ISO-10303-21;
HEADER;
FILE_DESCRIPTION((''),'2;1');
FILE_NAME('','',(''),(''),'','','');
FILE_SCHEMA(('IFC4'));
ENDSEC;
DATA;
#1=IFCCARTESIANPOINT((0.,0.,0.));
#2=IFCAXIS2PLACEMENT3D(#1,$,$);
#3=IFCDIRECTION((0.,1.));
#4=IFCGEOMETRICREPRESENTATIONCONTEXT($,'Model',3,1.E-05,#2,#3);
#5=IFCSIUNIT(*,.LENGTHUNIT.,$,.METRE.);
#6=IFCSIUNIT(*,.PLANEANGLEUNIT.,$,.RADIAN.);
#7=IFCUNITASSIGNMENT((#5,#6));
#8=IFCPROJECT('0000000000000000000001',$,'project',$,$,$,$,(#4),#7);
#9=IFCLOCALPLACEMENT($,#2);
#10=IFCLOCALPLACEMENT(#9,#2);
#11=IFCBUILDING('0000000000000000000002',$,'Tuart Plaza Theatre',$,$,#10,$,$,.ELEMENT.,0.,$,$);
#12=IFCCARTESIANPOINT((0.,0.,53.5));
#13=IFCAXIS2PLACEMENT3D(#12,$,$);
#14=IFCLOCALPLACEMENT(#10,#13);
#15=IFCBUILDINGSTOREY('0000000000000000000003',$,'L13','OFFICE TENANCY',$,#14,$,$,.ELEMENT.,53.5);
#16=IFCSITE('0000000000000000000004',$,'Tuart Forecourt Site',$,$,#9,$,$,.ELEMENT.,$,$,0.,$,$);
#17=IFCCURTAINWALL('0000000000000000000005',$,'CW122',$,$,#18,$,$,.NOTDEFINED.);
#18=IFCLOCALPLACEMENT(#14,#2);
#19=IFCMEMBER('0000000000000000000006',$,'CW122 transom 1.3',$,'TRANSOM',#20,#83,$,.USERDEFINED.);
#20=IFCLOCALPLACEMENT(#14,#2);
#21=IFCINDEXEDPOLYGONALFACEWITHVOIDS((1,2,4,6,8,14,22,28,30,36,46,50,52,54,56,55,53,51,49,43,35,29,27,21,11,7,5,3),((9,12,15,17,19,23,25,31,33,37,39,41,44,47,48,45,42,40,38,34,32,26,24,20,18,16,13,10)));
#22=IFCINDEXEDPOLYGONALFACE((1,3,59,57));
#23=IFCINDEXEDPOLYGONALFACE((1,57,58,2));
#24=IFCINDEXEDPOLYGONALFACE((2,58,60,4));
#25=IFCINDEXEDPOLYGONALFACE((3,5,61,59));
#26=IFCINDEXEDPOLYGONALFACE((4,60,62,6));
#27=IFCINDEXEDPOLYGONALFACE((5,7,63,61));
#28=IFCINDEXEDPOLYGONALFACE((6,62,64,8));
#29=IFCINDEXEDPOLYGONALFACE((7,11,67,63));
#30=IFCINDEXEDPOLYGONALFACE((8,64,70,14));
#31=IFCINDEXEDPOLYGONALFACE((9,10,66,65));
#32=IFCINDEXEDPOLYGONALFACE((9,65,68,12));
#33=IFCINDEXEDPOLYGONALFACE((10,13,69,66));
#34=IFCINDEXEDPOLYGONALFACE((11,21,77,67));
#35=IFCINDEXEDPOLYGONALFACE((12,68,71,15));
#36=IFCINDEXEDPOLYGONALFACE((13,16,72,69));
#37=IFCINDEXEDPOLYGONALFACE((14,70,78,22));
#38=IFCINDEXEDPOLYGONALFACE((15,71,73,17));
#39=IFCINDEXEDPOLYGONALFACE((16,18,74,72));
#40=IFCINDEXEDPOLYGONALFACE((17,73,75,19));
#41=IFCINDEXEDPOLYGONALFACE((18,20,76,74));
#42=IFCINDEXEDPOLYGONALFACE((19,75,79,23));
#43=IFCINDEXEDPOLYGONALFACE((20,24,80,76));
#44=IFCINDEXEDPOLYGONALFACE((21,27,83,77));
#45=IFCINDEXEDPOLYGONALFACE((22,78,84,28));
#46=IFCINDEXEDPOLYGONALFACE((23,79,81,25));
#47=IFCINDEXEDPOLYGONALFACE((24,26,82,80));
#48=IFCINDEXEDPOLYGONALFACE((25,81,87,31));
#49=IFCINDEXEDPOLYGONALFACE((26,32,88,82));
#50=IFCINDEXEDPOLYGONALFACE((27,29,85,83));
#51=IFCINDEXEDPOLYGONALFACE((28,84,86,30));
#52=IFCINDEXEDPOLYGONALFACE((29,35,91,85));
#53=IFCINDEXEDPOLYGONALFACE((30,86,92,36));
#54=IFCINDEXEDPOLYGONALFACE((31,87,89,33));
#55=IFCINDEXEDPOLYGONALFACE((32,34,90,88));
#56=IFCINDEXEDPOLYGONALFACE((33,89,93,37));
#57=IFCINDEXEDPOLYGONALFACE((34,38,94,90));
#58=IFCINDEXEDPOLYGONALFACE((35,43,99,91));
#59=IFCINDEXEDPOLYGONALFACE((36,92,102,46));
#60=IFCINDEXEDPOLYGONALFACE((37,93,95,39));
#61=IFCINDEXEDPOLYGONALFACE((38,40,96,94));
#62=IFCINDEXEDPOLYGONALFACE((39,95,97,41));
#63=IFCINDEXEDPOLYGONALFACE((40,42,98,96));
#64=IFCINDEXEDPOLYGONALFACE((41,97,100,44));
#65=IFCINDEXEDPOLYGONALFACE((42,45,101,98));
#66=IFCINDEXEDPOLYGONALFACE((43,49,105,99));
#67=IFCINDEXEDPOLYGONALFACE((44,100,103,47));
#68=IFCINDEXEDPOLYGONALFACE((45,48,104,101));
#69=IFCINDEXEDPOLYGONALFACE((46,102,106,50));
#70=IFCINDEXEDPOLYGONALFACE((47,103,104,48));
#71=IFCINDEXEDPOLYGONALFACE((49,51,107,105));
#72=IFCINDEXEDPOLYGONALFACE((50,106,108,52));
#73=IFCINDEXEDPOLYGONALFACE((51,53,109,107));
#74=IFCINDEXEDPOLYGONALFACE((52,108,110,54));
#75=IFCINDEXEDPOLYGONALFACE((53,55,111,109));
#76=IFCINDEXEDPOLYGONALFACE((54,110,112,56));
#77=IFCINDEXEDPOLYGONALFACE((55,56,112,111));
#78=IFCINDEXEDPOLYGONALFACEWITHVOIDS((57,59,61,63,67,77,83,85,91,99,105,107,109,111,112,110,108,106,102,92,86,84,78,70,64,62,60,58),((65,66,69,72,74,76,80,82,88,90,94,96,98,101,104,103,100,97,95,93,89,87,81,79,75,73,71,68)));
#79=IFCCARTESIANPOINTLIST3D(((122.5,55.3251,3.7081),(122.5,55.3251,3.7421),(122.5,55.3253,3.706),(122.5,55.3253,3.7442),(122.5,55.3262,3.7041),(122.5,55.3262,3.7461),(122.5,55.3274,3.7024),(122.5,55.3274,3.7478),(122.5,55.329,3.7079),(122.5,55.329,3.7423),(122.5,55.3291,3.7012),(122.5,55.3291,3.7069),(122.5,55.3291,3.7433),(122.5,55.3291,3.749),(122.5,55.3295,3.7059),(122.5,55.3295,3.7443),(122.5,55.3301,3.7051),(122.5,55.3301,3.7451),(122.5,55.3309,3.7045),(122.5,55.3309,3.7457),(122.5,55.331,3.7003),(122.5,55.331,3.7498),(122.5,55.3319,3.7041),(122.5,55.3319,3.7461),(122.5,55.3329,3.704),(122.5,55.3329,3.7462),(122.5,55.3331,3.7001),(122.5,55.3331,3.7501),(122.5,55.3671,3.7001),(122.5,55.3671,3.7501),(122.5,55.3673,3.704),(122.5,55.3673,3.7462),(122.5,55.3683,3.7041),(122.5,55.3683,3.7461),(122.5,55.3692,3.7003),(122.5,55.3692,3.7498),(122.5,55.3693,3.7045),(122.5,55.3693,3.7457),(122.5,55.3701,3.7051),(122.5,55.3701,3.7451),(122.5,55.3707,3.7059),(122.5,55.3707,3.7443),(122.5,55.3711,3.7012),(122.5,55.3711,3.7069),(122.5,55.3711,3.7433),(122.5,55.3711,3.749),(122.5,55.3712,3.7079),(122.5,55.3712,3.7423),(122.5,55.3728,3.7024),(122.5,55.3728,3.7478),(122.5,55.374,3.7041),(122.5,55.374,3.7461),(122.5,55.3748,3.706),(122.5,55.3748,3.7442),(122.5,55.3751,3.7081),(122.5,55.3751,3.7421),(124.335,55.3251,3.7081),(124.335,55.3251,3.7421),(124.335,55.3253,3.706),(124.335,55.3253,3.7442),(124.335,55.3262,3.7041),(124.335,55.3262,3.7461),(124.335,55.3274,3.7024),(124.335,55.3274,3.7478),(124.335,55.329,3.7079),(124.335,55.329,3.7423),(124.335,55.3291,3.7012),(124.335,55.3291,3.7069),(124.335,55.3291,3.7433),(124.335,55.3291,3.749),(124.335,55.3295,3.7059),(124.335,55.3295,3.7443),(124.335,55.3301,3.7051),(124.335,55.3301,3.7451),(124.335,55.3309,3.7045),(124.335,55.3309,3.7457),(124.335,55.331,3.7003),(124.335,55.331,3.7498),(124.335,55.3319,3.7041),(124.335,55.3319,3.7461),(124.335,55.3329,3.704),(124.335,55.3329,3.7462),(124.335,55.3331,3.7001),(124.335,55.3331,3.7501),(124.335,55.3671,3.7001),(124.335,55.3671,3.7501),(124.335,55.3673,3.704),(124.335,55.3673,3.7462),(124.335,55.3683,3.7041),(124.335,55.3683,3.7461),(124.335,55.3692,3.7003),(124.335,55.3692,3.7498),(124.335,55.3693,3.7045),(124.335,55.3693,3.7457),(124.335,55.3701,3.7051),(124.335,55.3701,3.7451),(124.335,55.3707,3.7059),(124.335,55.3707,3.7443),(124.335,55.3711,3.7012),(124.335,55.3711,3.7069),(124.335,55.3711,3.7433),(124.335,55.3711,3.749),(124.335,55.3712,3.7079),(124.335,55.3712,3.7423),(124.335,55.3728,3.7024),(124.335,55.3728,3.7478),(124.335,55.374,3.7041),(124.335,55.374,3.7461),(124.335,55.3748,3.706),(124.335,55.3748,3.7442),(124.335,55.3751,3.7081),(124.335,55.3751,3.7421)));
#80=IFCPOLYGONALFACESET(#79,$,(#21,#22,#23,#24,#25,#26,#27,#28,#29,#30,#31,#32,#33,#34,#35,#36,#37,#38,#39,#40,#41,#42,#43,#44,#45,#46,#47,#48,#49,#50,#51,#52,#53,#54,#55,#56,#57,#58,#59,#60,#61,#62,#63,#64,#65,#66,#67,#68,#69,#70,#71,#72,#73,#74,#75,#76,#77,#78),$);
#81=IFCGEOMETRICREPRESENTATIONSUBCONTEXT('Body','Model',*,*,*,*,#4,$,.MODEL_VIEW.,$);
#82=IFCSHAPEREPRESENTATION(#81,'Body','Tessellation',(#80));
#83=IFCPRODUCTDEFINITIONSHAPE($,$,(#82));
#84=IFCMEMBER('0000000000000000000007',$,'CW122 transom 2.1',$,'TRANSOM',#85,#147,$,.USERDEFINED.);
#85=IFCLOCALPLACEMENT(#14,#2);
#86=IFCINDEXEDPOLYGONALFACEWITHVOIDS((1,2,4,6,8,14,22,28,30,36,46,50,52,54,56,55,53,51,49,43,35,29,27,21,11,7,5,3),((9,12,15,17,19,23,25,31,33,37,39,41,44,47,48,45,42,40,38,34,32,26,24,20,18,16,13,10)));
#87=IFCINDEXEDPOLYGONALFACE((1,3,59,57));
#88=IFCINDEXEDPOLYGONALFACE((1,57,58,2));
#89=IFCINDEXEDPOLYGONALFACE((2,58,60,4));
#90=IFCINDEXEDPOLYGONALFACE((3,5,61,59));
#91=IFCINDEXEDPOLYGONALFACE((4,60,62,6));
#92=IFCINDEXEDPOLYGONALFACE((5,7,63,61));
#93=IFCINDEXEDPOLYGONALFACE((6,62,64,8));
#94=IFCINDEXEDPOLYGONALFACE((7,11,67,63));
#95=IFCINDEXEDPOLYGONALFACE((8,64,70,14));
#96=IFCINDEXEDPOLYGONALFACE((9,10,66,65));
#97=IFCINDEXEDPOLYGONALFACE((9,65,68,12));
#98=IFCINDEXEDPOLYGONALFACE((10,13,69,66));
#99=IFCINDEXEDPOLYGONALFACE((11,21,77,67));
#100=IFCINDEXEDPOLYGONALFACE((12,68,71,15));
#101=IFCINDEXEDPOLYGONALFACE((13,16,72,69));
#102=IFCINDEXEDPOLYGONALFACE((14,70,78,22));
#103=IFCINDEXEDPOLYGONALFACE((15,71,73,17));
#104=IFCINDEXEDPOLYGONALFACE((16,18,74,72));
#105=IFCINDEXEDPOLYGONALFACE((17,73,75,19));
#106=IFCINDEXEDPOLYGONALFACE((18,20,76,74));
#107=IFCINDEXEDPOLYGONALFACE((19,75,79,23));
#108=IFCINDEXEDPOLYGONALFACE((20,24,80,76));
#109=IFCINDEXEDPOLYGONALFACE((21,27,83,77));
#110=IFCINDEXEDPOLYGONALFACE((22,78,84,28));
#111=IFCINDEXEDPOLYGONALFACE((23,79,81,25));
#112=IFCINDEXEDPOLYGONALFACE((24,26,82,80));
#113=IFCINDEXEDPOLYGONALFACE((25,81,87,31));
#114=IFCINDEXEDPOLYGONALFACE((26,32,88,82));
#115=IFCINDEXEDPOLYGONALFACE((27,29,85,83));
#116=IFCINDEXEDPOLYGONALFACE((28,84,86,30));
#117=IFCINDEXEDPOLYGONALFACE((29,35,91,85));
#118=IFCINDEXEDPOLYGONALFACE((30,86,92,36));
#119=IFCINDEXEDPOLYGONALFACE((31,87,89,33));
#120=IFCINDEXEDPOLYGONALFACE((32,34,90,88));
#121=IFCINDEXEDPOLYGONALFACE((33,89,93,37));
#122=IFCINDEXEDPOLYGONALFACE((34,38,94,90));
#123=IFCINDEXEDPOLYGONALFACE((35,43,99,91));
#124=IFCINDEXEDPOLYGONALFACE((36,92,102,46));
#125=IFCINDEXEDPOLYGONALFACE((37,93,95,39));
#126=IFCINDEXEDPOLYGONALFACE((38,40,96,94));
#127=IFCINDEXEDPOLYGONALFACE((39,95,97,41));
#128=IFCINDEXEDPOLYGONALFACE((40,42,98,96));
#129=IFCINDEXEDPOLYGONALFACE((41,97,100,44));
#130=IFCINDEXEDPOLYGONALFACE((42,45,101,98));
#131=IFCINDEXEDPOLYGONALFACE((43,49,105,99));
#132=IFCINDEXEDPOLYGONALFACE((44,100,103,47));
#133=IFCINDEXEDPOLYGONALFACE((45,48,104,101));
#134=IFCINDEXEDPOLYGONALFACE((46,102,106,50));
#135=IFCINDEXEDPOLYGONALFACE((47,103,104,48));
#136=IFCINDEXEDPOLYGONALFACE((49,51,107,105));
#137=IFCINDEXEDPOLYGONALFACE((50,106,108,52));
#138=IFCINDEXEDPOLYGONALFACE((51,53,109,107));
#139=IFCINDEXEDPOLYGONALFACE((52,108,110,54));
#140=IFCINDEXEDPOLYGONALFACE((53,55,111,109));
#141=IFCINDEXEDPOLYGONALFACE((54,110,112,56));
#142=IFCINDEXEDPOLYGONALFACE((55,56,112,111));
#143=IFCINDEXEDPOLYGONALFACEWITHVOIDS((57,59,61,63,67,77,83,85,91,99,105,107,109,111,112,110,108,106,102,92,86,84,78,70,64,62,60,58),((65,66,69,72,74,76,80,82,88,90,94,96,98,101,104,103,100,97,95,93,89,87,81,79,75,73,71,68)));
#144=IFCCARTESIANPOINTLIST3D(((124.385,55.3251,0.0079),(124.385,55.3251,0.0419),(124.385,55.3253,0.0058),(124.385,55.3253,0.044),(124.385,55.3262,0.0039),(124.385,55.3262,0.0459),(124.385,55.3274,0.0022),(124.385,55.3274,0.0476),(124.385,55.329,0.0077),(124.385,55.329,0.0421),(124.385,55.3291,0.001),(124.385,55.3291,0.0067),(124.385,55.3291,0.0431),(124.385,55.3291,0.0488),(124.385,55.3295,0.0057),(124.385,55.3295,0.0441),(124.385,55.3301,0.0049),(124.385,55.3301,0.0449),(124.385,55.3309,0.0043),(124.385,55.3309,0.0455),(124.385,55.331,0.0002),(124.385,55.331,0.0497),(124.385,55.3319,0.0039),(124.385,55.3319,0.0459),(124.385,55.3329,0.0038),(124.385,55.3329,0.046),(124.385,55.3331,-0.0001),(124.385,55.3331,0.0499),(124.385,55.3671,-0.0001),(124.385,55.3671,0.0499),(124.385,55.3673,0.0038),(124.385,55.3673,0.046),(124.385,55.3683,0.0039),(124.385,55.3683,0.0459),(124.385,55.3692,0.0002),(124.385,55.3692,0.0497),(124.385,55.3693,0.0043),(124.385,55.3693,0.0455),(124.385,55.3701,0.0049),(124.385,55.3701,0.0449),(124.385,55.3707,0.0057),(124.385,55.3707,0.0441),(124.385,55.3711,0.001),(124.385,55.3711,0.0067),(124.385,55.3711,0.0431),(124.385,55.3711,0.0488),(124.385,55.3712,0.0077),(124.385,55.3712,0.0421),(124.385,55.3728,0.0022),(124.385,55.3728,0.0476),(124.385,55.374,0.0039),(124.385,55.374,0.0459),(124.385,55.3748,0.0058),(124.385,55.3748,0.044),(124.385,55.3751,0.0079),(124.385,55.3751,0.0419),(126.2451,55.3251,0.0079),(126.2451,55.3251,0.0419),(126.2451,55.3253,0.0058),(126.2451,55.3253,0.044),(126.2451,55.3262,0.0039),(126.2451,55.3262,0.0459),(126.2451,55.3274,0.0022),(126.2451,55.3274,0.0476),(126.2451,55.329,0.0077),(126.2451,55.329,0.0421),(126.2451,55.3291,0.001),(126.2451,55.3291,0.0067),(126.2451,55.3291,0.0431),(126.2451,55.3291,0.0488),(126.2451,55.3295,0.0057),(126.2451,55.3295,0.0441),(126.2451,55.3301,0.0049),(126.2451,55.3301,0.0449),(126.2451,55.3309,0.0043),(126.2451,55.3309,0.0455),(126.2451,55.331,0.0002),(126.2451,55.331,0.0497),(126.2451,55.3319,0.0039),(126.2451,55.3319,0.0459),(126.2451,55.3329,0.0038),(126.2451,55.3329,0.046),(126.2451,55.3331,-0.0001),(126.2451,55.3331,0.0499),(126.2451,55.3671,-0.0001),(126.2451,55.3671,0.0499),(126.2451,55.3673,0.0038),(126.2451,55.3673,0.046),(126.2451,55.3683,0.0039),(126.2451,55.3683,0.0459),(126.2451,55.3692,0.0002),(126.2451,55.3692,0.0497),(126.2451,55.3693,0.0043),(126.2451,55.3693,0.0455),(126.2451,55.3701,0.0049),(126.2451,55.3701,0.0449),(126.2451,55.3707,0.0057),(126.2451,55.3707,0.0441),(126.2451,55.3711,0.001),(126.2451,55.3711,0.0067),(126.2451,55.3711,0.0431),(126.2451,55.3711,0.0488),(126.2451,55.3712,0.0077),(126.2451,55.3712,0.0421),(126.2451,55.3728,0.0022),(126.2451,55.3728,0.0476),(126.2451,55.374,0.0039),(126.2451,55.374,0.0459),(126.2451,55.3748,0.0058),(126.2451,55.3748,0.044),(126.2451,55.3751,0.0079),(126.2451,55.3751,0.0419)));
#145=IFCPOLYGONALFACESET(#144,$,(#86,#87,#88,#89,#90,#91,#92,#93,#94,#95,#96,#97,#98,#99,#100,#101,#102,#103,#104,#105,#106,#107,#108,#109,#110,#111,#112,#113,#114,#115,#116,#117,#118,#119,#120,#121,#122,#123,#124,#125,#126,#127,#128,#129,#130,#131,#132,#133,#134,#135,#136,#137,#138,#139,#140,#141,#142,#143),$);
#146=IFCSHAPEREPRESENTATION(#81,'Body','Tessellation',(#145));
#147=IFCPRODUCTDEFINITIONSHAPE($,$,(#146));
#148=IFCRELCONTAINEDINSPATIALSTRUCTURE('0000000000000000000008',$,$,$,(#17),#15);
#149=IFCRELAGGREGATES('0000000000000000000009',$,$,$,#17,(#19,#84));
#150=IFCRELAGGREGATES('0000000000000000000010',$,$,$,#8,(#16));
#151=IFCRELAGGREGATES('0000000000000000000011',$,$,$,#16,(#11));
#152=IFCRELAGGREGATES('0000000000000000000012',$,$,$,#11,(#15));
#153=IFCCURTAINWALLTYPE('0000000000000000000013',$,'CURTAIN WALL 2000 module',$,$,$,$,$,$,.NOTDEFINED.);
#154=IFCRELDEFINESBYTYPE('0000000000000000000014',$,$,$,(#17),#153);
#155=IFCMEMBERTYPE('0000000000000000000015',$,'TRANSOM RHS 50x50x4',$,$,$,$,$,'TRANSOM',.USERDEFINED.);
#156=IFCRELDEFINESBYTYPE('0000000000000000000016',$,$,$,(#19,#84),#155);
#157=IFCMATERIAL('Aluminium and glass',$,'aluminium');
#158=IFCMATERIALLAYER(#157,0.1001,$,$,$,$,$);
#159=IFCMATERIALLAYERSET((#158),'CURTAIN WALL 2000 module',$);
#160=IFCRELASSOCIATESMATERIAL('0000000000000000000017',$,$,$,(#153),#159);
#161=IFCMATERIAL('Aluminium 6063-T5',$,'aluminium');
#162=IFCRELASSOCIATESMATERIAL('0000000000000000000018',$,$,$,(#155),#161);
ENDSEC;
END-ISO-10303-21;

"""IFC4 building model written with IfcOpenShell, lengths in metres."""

from ifc_helpers import new_model, si_unit, direction, frame, origin, origin_2d, place, context, subcontext, project, spatial, hollow_rectangle, extrude, material, layer, layer_set, material_profile, profile_set, type_object, element, aggregate, save


model = new_model("IFC4")

# Units and contexts
model_context = context("Model", 3, precision=1e-05, world=origin(), true_north=direction((0.0, 1.0)))
body_context = subcontext(model_context, "Body", "Model", "MODEL_VIEW")
ifc_project = project(units=[si_unit("LENGTHUNIT", "METRE"), si_unit("PLANEANGLEUNIT", "RADIAN")], contexts=[model_context])

# Site, building, storey
site_placement = place(None, origin())
site = spatial("IfcSite", under=ifc_project, at=site_placement, Name="Tuart Forecourt Site", CompositionType="ELEMENT", RefElevation=0.0)
building_placement = place(site_placement, origin())
building = spatial("IfcBuilding", under=site, at=building_placement, Name="Tuart Plaza Theatre", CompositionType="ELEMENT", ElevationOfRefHeight=0.0)
storey_placement = place(building_placement, frame((0.0, 0.0, 53.5)))
storey = spatial("IfcBuildingStorey", under=building, at=storey_placement, Name="L13", Description="OFFICE TENANCY", CompositionType="ELEMENT", Elevation=53.5)

# Curtain wall, members
ifc_material_1 = material(Name="Aluminium and glass", Category="aluminium")
ifc_layer_1 = layer(ifc_material_1, 0.1001)
ifc_layer_set_1 = layer_set([ifc_layer_1], Name="CURTAIN WALL 2000 module")
curtain_wall_type = type_object("IfcCurtainWallType", Name="CURTAIN WALL 2000 module", PredefinedType="NOTDEFINED", material=ifc_layer_set_1)
curtain_wall_placement = place(storey_placement, origin())
curtain_wall = element("IfcCurtainWall", 1, at=curtain_wall_placement, inside=storey, type_object=curtain_wall_type, Name="CW122", PredefinedType="NOTDEFINED")
ifc_material_2 = material(Name="Aluminium 6063-T5", Category="aluminium")
ifc_material_profile_1 = material_profile(ifc_material_2, hollow_rectangle(XDim=0.05, YDim=0.05, WallThickness=0.0039, InnerFilletRadius=0.0039, OuterFilletRadius=0.0081, at=origin_2d()), Name="RHS 50x50x4")
ifc_profile_set_1 = profile_set([ifc_material_profile_1], Name="Aluminium 6063-T5")
member_type_1 = type_object("IfcMemberType", Name="TRANSOM RHS 50x50x4", ElementType="TRANSOM", PredefinedType="USERDEFINED", material=ifc_profile_set_1)
member_1_placement = place(storey_placement, frame((122.5, 55.3501, 3.7251), z_axis=(1.0, 0.0, 0.0), x_axis=(0.0, 1.0, 0.0)))
member_1 = element("IfcMember", 2, at=member_1_placement, type_object=member_type_1, Name="CW122 transom 1.3", ObjectType="TRANSOM", PredefinedType="USERDEFINED", context=body_context, shape_type="SweptSolid", body=[
    extrude(hollow_rectangle(XDim=0.05, YDim=0.05, WallThickness=0.0039, InnerFilletRadius=0.0039, OuterFilletRadius=0.0081, at=origin_2d()), origin(), (0.0, 0.0, 1.0), 1.835),
])
member_2_placement = place(storey_placement, frame((124.385, 55.3501, 0.0249), z_axis=(1.0, 0.0, 0.0), x_axis=(0.0, 1.0, 0.0)))
member_2 = element("IfcMember", 3, at=member_2_placement, type_object=member_type_1, Name="CW122 transom 2.1", ObjectType="TRANSOM", PredefinedType="USERDEFINED", context=body_context, shape_type="SweptSolid", body=[
    extrude(hollow_rectangle(XDim=0.05, YDim=0.05, WallThickness=0.0039, InnerFilletRadius=0.0039, OuterFilletRadius=0.0081, at=origin_2d()), origin(), (0.0, 0.0, 1.0), 1.8601),
])
aggregate(curtain_wall, [member_1, member_2])

save(model, "model.ifc")
